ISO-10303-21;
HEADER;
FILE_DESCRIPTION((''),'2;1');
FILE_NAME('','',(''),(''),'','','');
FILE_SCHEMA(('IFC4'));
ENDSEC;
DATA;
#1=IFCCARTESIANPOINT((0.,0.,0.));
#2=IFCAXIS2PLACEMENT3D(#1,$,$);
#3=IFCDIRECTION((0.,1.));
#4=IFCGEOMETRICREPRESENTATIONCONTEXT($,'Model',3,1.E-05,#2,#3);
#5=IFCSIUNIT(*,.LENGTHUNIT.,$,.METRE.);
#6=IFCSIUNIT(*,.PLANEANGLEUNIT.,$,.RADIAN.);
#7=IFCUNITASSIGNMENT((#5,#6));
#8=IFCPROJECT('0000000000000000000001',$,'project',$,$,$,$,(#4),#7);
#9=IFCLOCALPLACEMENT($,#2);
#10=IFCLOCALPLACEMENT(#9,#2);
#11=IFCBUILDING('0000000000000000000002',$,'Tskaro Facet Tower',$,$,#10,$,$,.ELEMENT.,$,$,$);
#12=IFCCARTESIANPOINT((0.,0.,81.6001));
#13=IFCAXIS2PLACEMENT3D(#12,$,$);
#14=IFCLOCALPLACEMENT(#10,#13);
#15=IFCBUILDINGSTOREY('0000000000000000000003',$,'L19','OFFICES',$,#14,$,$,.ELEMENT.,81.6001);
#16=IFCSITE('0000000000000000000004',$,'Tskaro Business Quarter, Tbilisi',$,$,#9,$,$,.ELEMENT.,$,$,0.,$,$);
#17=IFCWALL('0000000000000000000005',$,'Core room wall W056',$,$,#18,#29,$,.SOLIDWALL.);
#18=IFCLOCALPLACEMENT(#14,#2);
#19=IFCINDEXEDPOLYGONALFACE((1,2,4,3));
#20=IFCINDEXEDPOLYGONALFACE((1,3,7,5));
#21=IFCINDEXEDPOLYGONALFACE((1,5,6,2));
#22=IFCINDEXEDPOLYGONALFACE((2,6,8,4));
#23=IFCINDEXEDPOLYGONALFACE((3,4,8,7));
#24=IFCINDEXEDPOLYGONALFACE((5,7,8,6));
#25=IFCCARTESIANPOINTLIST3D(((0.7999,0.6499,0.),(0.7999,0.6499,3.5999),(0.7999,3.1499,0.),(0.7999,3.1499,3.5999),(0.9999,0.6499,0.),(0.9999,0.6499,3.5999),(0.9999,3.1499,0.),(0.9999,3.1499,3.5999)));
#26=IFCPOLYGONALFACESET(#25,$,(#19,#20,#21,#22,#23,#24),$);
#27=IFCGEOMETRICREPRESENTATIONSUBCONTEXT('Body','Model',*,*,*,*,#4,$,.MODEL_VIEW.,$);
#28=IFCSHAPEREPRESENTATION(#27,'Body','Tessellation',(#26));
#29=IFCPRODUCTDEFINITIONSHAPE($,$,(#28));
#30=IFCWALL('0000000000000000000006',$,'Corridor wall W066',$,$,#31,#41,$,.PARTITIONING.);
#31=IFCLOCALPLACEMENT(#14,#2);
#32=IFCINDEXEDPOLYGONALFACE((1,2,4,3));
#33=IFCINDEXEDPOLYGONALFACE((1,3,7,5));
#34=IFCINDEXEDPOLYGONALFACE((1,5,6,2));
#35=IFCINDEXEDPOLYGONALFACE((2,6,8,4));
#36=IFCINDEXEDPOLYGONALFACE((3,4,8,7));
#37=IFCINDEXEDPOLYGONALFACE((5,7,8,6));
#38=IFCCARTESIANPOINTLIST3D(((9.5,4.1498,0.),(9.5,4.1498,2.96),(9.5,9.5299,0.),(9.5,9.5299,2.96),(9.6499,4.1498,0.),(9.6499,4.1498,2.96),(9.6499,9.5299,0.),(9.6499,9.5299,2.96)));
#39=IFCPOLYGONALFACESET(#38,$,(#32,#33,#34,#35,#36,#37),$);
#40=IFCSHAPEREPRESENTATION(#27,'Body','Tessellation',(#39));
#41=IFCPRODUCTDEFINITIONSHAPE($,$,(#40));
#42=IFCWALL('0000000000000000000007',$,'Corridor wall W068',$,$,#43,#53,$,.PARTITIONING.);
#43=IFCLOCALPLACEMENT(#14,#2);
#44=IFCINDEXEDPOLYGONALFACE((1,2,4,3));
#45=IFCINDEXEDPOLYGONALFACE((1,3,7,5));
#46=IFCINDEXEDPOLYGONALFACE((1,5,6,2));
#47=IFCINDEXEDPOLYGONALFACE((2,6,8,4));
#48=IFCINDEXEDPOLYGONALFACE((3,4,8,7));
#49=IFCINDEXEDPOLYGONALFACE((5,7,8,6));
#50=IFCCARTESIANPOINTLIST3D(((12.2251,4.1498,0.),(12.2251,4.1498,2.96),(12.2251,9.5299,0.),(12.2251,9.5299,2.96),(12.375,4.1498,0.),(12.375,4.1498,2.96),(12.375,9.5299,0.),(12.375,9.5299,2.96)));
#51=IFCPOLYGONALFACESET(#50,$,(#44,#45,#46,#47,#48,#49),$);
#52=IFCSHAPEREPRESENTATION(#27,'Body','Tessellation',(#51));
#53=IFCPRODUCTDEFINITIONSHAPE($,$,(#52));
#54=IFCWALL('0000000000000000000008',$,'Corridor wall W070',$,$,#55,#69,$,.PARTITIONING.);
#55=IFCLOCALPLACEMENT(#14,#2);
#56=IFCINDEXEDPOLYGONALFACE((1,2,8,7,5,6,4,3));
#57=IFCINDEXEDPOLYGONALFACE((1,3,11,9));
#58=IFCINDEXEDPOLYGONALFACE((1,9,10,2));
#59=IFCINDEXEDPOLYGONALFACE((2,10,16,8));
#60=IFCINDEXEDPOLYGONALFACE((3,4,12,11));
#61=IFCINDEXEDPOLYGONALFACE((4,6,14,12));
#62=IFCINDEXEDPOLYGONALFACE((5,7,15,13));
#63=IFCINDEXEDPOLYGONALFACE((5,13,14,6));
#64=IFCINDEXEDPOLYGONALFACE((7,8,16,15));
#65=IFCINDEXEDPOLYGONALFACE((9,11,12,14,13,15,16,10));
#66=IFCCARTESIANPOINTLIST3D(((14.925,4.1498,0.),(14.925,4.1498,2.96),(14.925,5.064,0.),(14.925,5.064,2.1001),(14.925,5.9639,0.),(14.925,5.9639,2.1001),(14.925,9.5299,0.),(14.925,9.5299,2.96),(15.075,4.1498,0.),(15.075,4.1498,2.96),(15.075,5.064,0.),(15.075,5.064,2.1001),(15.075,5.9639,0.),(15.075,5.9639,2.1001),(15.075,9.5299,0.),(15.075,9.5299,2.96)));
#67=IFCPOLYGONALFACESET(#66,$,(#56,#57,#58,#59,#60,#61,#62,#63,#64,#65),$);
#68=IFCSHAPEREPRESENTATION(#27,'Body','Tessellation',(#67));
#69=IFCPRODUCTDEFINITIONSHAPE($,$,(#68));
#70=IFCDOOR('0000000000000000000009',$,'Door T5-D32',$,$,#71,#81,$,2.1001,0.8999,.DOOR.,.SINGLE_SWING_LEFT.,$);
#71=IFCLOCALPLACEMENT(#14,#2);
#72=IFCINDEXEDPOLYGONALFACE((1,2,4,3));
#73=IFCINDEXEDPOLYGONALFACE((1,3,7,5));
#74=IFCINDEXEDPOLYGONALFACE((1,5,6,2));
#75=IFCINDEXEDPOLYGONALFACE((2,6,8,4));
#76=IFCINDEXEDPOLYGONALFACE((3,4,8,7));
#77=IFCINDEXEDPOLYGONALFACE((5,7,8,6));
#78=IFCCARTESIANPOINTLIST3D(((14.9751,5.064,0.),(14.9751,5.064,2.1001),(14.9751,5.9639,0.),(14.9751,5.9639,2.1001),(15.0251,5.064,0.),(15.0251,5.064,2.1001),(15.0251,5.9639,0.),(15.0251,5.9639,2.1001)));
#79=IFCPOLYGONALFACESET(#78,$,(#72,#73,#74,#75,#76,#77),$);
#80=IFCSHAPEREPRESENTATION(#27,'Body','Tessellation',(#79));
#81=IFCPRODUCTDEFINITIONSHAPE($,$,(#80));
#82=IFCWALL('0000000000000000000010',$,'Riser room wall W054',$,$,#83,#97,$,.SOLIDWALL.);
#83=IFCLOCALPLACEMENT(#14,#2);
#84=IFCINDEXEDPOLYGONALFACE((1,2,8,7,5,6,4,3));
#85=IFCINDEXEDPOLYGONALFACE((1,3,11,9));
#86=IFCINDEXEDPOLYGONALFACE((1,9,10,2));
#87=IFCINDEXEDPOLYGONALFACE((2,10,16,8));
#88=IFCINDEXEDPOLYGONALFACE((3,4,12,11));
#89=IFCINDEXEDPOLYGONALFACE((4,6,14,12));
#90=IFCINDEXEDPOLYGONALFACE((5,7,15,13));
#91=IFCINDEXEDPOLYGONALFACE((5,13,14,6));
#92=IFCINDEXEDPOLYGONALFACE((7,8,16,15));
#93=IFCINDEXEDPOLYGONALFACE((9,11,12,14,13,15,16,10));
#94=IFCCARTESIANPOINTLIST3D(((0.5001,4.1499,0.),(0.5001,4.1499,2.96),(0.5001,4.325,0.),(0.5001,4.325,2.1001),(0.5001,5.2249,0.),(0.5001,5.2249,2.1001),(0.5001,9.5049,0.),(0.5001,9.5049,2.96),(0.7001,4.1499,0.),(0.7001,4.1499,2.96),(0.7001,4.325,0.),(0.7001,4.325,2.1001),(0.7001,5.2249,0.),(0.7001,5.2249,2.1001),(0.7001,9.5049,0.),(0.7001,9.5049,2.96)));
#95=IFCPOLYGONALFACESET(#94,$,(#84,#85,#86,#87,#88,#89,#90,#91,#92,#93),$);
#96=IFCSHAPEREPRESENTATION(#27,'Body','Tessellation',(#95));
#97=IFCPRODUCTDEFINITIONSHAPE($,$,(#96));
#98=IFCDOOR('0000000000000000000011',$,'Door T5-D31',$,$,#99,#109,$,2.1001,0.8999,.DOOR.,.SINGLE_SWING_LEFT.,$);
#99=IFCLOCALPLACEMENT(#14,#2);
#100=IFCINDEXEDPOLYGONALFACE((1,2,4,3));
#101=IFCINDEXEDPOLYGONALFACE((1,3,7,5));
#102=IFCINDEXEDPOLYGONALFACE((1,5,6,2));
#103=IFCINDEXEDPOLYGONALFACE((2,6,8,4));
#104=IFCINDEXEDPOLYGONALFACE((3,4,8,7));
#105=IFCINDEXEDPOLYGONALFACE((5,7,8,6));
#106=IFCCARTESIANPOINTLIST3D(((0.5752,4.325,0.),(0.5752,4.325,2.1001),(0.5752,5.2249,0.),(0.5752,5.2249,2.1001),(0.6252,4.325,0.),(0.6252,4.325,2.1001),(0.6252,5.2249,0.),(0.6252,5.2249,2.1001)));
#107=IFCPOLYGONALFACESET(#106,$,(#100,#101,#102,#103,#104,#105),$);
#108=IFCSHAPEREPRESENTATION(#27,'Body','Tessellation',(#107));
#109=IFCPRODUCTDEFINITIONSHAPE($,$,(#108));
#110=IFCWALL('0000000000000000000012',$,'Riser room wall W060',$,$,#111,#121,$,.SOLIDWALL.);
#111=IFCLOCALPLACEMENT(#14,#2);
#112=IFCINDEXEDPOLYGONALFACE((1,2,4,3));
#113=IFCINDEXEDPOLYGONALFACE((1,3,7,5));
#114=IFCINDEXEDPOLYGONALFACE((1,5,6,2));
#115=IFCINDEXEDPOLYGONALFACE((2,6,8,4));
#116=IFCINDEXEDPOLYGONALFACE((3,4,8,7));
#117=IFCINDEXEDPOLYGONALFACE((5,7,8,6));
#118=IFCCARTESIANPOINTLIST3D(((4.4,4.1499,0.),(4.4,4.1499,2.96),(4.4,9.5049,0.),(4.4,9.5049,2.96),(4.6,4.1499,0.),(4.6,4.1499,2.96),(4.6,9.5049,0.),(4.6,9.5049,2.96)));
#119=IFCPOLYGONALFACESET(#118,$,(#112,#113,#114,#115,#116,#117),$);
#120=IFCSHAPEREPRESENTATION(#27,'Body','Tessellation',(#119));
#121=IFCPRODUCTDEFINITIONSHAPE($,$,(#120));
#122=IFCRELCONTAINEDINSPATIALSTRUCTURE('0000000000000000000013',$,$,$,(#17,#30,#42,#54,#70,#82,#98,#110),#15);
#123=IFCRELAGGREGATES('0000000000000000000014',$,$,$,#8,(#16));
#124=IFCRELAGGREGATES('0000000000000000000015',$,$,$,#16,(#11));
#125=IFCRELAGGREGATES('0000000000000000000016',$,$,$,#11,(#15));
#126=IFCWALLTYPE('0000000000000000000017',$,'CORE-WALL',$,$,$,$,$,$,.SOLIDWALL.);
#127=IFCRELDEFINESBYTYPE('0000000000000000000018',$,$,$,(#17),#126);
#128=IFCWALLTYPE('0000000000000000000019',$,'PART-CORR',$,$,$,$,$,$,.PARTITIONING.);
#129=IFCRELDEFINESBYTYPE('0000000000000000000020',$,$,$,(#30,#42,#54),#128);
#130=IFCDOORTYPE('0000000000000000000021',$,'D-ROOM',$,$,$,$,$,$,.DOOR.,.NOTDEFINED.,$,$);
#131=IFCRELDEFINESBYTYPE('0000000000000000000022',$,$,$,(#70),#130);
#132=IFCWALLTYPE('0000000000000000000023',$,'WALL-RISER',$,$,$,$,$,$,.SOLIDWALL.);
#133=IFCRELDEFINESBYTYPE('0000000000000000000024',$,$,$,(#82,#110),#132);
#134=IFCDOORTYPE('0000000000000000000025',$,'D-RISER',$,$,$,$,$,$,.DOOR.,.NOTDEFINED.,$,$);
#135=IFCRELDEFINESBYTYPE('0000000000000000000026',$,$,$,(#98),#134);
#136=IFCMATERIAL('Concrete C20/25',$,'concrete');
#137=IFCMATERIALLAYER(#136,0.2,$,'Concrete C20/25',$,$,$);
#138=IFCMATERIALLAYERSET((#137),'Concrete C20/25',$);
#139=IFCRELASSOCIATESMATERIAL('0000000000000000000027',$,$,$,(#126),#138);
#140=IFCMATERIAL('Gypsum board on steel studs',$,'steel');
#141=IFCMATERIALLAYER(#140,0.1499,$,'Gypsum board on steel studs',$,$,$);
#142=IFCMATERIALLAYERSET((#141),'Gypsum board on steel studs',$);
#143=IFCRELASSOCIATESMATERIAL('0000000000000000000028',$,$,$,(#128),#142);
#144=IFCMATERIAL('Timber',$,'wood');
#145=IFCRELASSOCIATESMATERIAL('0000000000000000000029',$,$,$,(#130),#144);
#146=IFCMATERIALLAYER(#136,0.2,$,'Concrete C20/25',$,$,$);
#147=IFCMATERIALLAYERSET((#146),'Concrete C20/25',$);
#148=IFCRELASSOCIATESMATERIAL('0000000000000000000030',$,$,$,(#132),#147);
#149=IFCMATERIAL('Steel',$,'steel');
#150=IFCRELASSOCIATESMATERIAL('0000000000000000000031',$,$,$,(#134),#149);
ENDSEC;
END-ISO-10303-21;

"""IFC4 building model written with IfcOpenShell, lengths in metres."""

from ifc_helpers import new_model, si_unit, direction, frame, frame_2d, origin, place, context, subcontext, project, spatial, rectangle, extrude, material, layer, layer_set, type_object, element, fill, save


model = new_model("IFC4")

# Units and contexts
model_context = context("Model", 3, precision=1e-05, world=origin(), true_north=direction((0.0, 1.0)))
body_context = subcontext(model_context, "Body", "Model", "MODEL_VIEW")
ifc_project = project(units=[si_unit("LENGTHUNIT", "METRE"), si_unit("PLANEANGLEUNIT", "RADIAN")], contexts=[model_context])

# Site, building, storey
site_placement = place(None, origin())
site = spatial("IfcSite", under=ifc_project, at=site_placement, Name="Tskaro Business Quarter, Tbilisi", CompositionType="ELEMENT", RefElevation=0.0)
building_placement = place(site_placement, origin())
building = spatial("IfcBuilding", under=site, at=building_placement, Name="Tskaro Facet Tower", CompositionType="ELEMENT")
storey_placement = place(building_placement, frame((0.0, 0.0, 81.6001)))
storey = spatial("IfcBuildingStorey", under=building, at=storey_placement, Name="L19", Description="OFFICES", CompositionType="ELEMENT", Elevation=81.6001)

# Shared definitions
ifc_material_1 = material(Name="Concrete C20/25", Category="concrete")
ifc_layer_1 = layer(ifc_material_1, 0.2, Name="Concrete C20/25")
ifc_layer_set_1 = layer_set([ifc_layer_1], Name="Concrete C20/25")
wall_type_1 = type_object("IfcWallType", Name="CORE-WALL", PredefinedType="SOLIDWALL", material=ifc_layer_set_1)
ifc_material_2 = material(Name="Steel", Category="steel")

# Walls
wall_1_placement = place(storey_placement, frame((0.8999, 0.6499, 0.0), z_axis=(0.0, 0.0, 1.0), x_axis=(0.0, 1.0, 0.0)))
element("IfcWall", 1, at=wall_1_placement, inside=storey, type_object=wall_type_1, Name="Core room wall W056", PredefinedType="SOLIDWALL", context=body_context, shape_type="SweptSolid", body=[
    extrude(rectangle(XDim=2.5, YDim=0.2, at=frame_2d((1.25, 0.0))), origin(), (0.0, 0.0, 1.0), 3.5999),
])
ifc_material_3 = material(Name="Gypsum board on steel studs", Category="steel")
ifc_layer_2 = layer(ifc_material_3, 0.1499, Name="Gypsum board on steel studs")
ifc_layer_set_2 = layer_set([ifc_layer_2], Name="Gypsum board on steel studs")
wall_type_2 = type_object("IfcWallType", Name="PART-CORR", PredefinedType="PARTITIONING", material=ifc_layer_set_2)
for number, where, z_axis, x_axis, name in (
    (2, (9.575, 4.1499, 0.0), (0.0, 0.0, 1.0), (0.0, 1.0, 0.0), "Corridor wall W066"),
    (3, (12.3, 4.1499, 0.0), (0.0, 0.0, 1.0), (0.0, 1.0, 0.0), "Corridor wall W068"),
):
    element("IfcWall", number, at=place(storey_placement, frame(where, z_axis=z_axis, x_axis=x_axis)), inside=storey, type_object=wall_type_2, Name=name, PredefinedType="PARTITIONING", context=body_context, shape_type="SweptSolid", body=[
        extrude(rectangle(XDim=5.3801, YDim=0.1499, at=frame_2d((2.6899, 0.0))), origin(), (0.0, 0.0, 1.0), 2.96),
    ])

# Walls, openings, doors
wall_2_placement = place(storey_placement, frame((15.0, 4.1499, 0.0), z_axis=(0.0, 0.0, 1.0), x_axis=(0.0, 1.0, 0.0)))
wall_2 = element("IfcWall", 4, at=wall_2_placement, inside=storey, type_object=wall_type_2, Name="Corridor wall W070", PredefinedType="PARTITIONING", context=body_context, shape_type="SweptSolid", body=[
    extrude(rectangle(XDim=5.3801, YDim=0.1499, at=frame_2d((2.6899, 0.0))), origin(), (0.0, 0.0, 1.0), 2.96),
])
opening_1_placement = place(wall_2_placement, frame((0.9141, 0.0, 0.0)))
opening_1 = element("IfcOpeningElement", 5, at=opening_1_placement, cuts=wall_2, PredefinedType="OPENING", context=body_context, shape_type="SweptSolid", body=[
    extrude(rectangle(XDim=0.8999, YDim=2.1001, at=frame_2d((0.45, 1.05))), frame((0.0, 0.085, 0.0), z_axis=(0.0, -1.0, 0.0), x_axis=(1.0, 0.0, 0.0)), (0.0, 0.0, 1.0), 0.1699),
])
ifc_material_4 = material(Name="Timber", Category="wood")
door_type_1 = type_object("IfcDoorType", Name="D-ROOM", OperationType="NOTDEFINED", PredefinedType="DOOR", material=ifc_material_4)
door_1_placement = place(opening_1_placement, origin())
door_1 = element("IfcDoor", 6, at=door_1_placement, inside=storey, type_object=door_type_1, Name="Door T5-D32", OperationType="SINGLE_SWING_LEFT", OverallHeight=2.1001, OverallWidth=0.8999, PredefinedType="DOOR", context=body_context, shape_type="SweptSolid", body=[
    extrude(rectangle(XDim=0.8999, YDim=2.1001, at=frame_2d((0.45, 1.05))), frame((0.0, 0.0249, 0.0), z_axis=(0.0, -1.0, 0.0), x_axis=(1.0, 0.0, 0.0)), (0.0, 0.0, 1.0), 0.05),
])
fill(opening_1, door_1)
ifc_layer_3 = layer(ifc_material_1, 0.2, Name="Concrete C20/25")
ifc_layer_set_3 = layer_set([ifc_layer_3], Name="Concrete C20/25")
wall_type_3 = type_object("IfcWallType", Name="WALL-RISER", PredefinedType="SOLIDWALL", material=ifc_layer_set_3)
wall_3_placement = place(storey_placement, frame((0.6001, 4.1499, 0.0), z_axis=(0.0, 0.0, 1.0), x_axis=(0.0, 1.0, 0.0)))
wall_3 = element("IfcWall", 7, at=wall_3_placement, inside=storey, type_object=wall_type_3, Name="Riser room wall W054", PredefinedType="SOLIDWALL", context=body_context, shape_type="SweptSolid", body=[
    extrude(rectangle(XDim=5.355, YDim=0.2, at=frame_2d((2.6775, 0.0))), origin(), (0.0, 0.0, 1.0), 2.96),
])
opening_2_placement = place(wall_3_placement, frame((0.175, 0.0, 0.0)))
opening_2 = element("IfcOpeningElement", 8, at=opening_2_placement, cuts=wall_3, PredefinedType="OPENING", context=body_context, shape_type="SweptSolid", body=[
    extrude(rectangle(XDim=0.8999, YDim=2.1001, at=frame_2d((0.45, 1.05))), frame((0.0, 0.1099, 0.0), z_axis=(0.0, -1.0, 0.0), x_axis=(1.0, 0.0, 0.0)), (0.0, 0.0, 1.0), 0.22),
])
door_type_2 = type_object("IfcDoorType", Name="D-RISER", OperationType="NOTDEFINED", PredefinedType="DOOR", material=ifc_material_2)
door_2_placement = place(opening_2_placement, origin())
door_2 = element("IfcDoor", 9, at=door_2_placement, inside=storey, type_object=door_type_2, Name="Door T5-D31", OperationType="SINGLE_SWING_LEFT", OverallHeight=2.1001, OverallWidth=0.8999, PredefinedType="DOOR", context=body_context, shape_type="SweptSolid", body=[
    extrude(rectangle(XDim=0.8999, YDim=2.1001, at=frame_2d((0.45, 1.05))), frame((0.0, 0.0249, 0.0), z_axis=(0.0, -1.0, 0.0), x_axis=(1.0, 0.0, 0.0)), (0.0, 0.0, 1.0), 0.05),
])
fill(opening_2, door_2)

# Wall
wall_4_placement = place(storey_placement, frame((4.5, 4.1499, 0.0), z_axis=(0.0, 0.0, 1.0), x_axis=(0.0, 1.0, 0.0)))
element("IfcWall", 10, at=wall_4_placement, inside=storey, type_object=wall_type_3, Name="Riser room wall W060", PredefinedType="SOLIDWALL", context=body_context, shape_type="SweptSolid", body=[
    extrude(rectangle(XDim=5.355, YDim=0.2, at=frame_2d((2.6775, 0.0))), origin(), (0.0, 0.0, 1.0), 2.96),
])

save(model, "model.ifc")
